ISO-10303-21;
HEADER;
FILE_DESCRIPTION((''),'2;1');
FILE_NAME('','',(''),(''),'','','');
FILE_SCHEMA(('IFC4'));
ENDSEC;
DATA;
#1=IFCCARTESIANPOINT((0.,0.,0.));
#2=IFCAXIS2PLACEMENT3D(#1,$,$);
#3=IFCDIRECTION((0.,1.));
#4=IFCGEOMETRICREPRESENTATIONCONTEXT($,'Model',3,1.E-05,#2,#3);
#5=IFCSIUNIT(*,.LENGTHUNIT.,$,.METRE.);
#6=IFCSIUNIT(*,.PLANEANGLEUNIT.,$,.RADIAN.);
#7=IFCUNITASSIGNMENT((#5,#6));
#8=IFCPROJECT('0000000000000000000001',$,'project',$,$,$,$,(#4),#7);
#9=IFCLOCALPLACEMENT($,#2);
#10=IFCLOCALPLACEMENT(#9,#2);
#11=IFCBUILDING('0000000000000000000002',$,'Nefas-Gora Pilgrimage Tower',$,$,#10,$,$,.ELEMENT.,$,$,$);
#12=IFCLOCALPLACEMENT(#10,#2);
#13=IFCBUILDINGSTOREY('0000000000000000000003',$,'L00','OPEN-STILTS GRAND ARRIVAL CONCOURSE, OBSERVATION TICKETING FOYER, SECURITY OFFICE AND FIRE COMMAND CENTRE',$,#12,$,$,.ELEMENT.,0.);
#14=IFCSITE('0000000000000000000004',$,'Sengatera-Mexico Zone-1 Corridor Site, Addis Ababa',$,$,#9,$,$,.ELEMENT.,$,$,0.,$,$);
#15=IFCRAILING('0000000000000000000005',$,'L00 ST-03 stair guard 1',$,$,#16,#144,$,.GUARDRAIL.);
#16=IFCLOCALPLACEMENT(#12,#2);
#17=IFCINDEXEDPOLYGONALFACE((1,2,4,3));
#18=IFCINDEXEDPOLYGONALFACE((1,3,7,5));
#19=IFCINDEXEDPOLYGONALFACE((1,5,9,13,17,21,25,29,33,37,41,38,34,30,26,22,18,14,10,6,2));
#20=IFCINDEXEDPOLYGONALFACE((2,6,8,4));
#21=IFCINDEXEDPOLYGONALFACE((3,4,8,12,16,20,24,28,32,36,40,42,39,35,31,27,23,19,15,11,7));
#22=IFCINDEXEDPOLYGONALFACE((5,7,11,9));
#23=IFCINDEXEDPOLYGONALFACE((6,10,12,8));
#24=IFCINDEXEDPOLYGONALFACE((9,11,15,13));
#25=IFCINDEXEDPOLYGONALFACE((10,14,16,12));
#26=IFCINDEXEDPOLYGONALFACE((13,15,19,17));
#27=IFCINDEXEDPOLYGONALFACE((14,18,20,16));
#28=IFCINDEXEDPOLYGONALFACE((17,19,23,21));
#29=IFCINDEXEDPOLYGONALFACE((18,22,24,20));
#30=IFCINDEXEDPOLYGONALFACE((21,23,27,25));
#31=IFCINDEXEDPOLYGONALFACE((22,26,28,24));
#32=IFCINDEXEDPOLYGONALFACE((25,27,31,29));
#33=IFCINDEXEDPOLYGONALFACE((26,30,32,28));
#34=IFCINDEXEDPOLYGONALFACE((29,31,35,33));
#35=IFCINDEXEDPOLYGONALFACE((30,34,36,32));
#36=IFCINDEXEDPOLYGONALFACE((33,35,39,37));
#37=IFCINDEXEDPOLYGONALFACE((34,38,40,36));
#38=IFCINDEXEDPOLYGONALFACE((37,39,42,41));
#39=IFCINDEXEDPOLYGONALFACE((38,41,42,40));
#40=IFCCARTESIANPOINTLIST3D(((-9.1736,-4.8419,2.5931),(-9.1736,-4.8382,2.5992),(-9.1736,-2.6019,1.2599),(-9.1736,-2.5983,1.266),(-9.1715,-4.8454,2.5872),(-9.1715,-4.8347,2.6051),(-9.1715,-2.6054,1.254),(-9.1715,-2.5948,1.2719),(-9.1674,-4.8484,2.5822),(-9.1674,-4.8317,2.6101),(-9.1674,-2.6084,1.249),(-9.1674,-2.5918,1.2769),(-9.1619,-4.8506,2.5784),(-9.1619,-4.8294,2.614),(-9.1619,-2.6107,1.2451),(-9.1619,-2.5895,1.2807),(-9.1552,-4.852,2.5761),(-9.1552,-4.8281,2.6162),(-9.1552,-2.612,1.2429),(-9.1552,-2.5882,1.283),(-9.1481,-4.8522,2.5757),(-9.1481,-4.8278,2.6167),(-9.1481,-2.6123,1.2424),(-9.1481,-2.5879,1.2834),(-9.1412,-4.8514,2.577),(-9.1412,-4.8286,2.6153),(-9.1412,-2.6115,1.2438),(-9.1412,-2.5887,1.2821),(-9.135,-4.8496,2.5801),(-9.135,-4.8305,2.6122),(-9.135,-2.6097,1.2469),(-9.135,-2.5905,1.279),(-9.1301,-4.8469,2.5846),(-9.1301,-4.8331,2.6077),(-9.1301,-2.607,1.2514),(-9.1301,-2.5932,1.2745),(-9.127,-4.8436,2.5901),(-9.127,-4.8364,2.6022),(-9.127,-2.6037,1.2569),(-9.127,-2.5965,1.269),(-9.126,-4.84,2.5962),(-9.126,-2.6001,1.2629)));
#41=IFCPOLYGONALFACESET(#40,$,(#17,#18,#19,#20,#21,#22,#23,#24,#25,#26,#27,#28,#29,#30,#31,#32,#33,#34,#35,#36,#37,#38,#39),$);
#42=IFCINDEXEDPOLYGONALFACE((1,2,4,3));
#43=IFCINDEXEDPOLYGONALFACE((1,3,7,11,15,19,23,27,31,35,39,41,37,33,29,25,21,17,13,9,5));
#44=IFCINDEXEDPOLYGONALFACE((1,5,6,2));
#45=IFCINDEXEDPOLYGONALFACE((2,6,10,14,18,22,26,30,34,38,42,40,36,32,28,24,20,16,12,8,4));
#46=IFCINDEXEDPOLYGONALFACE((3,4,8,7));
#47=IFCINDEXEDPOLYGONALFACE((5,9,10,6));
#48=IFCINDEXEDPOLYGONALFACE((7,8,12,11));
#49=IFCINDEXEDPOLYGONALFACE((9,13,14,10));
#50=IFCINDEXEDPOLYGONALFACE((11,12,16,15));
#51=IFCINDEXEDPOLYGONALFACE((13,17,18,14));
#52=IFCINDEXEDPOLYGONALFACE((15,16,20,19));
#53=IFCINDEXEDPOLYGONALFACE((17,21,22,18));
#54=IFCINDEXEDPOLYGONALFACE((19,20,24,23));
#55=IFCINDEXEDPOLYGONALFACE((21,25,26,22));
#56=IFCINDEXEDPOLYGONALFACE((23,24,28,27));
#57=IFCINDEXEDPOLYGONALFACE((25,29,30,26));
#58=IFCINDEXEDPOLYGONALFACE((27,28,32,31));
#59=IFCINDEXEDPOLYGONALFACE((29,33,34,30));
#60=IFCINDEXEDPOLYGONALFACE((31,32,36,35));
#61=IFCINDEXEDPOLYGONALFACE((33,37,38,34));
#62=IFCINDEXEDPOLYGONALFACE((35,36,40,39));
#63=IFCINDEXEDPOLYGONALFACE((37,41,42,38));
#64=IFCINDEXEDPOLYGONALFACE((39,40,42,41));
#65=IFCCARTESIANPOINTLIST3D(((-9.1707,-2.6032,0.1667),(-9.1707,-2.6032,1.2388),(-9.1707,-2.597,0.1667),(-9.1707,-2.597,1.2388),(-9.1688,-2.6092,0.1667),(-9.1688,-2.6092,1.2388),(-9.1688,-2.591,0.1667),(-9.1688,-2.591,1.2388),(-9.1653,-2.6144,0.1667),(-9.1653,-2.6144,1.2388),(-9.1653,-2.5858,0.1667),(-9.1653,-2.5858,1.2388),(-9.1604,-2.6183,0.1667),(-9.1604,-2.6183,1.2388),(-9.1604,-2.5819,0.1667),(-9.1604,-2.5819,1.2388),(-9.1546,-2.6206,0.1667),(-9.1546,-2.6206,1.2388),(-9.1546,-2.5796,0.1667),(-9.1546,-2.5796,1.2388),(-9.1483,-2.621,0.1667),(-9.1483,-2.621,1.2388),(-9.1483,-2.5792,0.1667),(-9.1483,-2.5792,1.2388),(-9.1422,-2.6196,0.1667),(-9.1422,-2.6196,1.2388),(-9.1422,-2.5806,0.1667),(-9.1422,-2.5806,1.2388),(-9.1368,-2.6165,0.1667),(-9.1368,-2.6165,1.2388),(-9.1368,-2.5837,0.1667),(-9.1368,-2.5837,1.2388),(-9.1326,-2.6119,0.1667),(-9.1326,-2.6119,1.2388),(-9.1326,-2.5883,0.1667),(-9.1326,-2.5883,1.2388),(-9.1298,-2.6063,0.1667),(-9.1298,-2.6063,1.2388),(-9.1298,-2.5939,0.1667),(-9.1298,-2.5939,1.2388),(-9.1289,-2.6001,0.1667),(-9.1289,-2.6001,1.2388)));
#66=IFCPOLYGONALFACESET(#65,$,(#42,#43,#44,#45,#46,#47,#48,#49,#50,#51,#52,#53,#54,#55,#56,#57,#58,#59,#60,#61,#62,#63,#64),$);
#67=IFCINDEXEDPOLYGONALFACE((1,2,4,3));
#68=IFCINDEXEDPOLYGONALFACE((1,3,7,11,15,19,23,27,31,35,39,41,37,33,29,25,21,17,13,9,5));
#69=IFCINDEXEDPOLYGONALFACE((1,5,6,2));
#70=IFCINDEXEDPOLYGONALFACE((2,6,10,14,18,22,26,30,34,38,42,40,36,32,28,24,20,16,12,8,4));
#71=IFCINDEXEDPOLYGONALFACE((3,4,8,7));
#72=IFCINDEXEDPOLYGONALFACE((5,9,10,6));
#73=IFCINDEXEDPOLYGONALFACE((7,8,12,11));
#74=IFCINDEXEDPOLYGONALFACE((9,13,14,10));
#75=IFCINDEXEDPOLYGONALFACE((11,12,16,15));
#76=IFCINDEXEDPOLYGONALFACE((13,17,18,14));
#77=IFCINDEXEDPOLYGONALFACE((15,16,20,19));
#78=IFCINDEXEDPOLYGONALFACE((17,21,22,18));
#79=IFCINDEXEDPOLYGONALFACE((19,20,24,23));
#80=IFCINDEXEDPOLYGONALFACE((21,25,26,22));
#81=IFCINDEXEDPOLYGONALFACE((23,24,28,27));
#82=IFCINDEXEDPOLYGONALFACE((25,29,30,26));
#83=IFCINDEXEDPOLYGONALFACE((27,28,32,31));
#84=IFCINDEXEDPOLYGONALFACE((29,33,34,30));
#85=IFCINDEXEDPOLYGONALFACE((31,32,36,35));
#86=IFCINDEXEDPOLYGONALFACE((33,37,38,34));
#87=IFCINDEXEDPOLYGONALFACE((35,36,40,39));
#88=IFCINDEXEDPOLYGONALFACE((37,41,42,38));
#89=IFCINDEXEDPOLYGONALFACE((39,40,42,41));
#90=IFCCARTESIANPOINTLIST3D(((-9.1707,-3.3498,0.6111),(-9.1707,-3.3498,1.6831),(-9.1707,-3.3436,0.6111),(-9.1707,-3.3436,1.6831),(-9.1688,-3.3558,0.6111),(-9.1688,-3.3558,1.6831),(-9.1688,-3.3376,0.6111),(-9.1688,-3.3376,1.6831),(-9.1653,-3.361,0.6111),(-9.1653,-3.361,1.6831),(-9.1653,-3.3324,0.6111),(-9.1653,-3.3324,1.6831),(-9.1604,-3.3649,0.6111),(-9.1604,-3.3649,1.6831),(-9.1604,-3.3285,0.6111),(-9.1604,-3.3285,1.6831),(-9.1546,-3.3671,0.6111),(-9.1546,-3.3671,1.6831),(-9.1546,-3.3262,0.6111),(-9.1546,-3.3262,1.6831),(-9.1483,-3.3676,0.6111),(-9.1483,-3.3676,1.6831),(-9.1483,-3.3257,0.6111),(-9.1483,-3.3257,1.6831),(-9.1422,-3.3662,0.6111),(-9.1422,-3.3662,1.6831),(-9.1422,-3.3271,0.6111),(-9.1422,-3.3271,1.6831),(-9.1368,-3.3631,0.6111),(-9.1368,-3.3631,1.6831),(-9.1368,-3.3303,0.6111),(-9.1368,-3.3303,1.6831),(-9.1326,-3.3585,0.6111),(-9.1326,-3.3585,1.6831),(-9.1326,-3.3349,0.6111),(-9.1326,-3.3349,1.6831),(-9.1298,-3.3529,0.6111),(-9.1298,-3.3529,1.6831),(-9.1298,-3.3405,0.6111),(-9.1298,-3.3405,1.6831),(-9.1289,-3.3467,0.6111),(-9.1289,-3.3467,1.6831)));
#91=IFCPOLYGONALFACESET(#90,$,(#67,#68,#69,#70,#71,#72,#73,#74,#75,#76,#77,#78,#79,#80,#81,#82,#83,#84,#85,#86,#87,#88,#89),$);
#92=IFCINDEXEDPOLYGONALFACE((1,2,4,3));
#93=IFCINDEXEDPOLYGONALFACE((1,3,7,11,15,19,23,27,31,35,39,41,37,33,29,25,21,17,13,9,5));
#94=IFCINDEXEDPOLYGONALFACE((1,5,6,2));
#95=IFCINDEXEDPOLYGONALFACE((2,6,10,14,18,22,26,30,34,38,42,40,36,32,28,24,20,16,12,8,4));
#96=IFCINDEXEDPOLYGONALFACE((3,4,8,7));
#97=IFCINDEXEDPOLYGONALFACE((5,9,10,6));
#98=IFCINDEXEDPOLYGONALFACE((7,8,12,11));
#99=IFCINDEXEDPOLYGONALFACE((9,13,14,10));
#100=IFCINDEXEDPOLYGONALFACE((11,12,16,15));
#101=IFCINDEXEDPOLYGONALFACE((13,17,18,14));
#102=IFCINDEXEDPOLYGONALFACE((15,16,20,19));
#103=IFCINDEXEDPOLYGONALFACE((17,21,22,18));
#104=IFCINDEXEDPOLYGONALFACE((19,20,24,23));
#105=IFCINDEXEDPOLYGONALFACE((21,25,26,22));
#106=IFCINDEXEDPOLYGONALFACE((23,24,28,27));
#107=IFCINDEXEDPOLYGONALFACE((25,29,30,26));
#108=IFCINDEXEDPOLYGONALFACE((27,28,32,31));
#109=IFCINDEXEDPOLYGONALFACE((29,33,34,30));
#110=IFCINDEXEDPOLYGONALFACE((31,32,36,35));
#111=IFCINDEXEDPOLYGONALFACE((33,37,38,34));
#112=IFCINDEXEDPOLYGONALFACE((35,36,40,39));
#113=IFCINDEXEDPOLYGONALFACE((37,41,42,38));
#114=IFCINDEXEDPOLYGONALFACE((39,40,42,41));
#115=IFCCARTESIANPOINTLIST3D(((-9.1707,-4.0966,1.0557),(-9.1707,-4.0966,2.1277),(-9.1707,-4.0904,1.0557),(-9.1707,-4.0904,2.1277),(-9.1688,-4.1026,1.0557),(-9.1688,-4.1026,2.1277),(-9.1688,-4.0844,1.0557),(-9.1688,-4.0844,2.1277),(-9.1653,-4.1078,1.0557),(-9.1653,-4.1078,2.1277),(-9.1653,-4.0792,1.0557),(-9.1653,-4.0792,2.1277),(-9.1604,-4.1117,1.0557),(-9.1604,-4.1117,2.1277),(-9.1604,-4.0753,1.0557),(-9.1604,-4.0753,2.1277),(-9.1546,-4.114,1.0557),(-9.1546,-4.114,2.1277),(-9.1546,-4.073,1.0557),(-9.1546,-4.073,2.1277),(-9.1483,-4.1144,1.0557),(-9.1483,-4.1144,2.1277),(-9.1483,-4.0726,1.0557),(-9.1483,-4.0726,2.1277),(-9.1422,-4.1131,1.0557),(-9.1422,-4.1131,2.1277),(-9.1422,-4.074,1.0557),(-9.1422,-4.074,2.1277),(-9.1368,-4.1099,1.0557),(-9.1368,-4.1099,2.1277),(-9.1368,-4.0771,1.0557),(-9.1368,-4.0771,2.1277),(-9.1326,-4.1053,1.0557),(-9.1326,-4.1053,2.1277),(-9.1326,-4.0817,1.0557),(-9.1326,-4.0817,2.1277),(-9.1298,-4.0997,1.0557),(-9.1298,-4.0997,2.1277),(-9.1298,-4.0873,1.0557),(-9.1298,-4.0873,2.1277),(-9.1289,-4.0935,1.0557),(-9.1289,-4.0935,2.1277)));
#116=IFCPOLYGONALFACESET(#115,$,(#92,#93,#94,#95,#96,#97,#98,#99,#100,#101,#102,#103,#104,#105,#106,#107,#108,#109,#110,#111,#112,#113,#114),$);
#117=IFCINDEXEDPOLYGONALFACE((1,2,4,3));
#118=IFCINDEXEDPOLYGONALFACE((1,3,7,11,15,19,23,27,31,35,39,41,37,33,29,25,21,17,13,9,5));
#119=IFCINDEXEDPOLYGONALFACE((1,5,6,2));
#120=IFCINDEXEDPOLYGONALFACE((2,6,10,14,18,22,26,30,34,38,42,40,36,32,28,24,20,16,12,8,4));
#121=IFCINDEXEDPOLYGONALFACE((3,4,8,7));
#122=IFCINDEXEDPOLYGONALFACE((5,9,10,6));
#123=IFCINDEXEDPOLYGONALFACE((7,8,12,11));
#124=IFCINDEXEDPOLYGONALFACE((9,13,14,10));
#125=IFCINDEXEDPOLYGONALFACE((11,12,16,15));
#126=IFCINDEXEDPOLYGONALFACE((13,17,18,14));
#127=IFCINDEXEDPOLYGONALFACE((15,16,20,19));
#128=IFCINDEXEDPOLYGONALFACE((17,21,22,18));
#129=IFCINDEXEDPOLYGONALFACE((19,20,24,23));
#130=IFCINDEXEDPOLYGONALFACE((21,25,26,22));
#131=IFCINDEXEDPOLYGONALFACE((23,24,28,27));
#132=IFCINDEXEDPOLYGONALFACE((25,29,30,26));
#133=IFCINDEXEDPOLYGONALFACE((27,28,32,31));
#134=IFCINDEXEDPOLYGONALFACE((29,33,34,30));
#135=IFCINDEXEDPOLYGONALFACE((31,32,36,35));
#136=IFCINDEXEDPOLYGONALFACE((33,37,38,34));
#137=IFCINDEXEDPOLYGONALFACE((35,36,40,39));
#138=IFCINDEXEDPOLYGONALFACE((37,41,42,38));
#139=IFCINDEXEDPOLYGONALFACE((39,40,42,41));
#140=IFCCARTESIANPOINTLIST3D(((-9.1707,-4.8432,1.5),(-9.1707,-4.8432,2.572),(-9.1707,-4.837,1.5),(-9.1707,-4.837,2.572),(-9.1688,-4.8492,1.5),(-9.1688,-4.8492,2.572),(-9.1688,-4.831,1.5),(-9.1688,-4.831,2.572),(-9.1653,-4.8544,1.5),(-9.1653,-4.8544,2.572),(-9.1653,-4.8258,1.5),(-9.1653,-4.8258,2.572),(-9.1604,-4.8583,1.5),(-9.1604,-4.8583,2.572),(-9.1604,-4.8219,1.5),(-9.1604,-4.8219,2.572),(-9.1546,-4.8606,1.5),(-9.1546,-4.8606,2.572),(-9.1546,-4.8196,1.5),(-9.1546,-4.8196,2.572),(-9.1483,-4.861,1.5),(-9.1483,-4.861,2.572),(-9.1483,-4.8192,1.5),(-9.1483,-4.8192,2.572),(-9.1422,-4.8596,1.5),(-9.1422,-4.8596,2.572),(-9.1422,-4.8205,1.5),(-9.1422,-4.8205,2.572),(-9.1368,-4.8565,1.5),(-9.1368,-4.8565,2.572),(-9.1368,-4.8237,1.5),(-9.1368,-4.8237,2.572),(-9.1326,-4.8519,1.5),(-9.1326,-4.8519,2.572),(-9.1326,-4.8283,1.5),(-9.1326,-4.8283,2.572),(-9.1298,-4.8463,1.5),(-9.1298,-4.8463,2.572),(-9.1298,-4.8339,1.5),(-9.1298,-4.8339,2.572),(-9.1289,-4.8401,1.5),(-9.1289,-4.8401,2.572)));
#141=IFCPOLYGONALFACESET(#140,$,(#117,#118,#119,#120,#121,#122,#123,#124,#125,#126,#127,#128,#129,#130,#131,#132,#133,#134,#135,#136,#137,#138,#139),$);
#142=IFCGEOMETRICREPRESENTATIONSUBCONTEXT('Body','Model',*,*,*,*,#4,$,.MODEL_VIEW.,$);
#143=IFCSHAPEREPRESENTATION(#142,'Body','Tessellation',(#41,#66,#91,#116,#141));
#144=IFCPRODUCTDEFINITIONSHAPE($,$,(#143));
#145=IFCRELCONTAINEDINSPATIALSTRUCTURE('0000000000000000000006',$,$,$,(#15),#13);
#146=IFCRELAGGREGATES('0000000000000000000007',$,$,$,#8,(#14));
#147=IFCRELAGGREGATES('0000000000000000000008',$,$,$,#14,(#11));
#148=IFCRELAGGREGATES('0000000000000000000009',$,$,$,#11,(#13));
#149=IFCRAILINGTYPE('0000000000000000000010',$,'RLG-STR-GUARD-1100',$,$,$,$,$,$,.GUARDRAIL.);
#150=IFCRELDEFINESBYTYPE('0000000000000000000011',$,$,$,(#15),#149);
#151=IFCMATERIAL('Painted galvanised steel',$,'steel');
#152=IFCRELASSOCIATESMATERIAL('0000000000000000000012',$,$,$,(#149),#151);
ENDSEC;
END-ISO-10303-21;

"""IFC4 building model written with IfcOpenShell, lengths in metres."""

from ifc_helpers import new_model, si_unit, direction, frame, origin, origin_2d, place, context, subcontext, project, spatial, circle, extrude, material, type_object, element, save


model = new_model("IFC4")

# Units and contexts
model_context = context("Model", 3, precision=1e-05, world=origin(), true_north=direction((0.0, 1.0)))
body_context = subcontext(model_context, "Body", "Model", "MODEL_VIEW")
ifc_project = project(units=[si_unit("LENGTHUNIT", "METRE"), si_unit("PLANEANGLEUNIT", "RADIAN")], contexts=[model_context])

# Site, building, storey
site_placement = place(None, origin())
site = spatial("IfcSite", under=ifc_project, at=site_placement, Name="Sengatera-Mexico Zone-1 Corridor Site, Addis Ababa", CompositionType="ELEMENT", RefElevation=0.0)
building_placement = place(site_placement, origin())
building = spatial("IfcBuilding", under=site, at=building_placement, Name="Nefas-Gora Pilgrimage Tower", CompositionType="ELEMENT")
storey_placement = place(building_placement, origin())
storey = spatial("IfcBuildingStorey", under=building, at=storey_placement, Name="L00", Description="OPEN-STILTS GRAND ARRIVAL CONCOURSE, OBSERVATION TICKETING FOYER, SECURITY OFFICE AND FIRE COMMAND CENTRE", CompositionType="ELEMENT", Elevation=0.0)

# Railing
ifc_material_1 = material(Name="Painted galvanised steel", Category="steel")
railing_type_1 = type_object("IfcRailingType", Name="RLG-STR-GUARD-1100", PredefinedType="GUARDRAIL", material=ifc_material_1)
railing_1_placement = place(storey_placement, frame((-9.1499, -2.6001, 0.1667)))
element("IfcRailing", 1, at=railing_1_placement, inside=storey, type_object=railing_type_1, Name="L00 ST-03 stair guard 1", PredefinedType="GUARDRAIL", context=body_context, shape_type="SweptSolid", body=[
    extrude(circle(Radius=0.0239, at=origin_2d()), frame((0.0, 0.0, 1.0962), z_axis=(0.0, -0.859306, 0.511462), x_axis=(1.0, 0.0, 0.0)), (0.0, 0.0, 1.0), 2.6067),
    extrude(circle(Radius=0.021, at=origin_2d()), origin(), (0.0, 0.0, 1.0), 1.072),
    extrude(circle(Radius=0.021, at=origin_2d()), frame((0.0, -0.7466, 0.4443)), (0.0, 0.0, 1.0), 1.072),
    extrude(circle(Radius=0.021, at=origin_2d()), frame((0.0, -1.4934, 0.8889)), (0.0, 0.0, 1.0), 1.072),
    extrude(circle(Radius=0.021, at=origin_2d()), frame((0.0, -2.24, 1.3333)), (0.0, 0.0, 1.0), 1.072),
])

save(model, "model.ifc")
